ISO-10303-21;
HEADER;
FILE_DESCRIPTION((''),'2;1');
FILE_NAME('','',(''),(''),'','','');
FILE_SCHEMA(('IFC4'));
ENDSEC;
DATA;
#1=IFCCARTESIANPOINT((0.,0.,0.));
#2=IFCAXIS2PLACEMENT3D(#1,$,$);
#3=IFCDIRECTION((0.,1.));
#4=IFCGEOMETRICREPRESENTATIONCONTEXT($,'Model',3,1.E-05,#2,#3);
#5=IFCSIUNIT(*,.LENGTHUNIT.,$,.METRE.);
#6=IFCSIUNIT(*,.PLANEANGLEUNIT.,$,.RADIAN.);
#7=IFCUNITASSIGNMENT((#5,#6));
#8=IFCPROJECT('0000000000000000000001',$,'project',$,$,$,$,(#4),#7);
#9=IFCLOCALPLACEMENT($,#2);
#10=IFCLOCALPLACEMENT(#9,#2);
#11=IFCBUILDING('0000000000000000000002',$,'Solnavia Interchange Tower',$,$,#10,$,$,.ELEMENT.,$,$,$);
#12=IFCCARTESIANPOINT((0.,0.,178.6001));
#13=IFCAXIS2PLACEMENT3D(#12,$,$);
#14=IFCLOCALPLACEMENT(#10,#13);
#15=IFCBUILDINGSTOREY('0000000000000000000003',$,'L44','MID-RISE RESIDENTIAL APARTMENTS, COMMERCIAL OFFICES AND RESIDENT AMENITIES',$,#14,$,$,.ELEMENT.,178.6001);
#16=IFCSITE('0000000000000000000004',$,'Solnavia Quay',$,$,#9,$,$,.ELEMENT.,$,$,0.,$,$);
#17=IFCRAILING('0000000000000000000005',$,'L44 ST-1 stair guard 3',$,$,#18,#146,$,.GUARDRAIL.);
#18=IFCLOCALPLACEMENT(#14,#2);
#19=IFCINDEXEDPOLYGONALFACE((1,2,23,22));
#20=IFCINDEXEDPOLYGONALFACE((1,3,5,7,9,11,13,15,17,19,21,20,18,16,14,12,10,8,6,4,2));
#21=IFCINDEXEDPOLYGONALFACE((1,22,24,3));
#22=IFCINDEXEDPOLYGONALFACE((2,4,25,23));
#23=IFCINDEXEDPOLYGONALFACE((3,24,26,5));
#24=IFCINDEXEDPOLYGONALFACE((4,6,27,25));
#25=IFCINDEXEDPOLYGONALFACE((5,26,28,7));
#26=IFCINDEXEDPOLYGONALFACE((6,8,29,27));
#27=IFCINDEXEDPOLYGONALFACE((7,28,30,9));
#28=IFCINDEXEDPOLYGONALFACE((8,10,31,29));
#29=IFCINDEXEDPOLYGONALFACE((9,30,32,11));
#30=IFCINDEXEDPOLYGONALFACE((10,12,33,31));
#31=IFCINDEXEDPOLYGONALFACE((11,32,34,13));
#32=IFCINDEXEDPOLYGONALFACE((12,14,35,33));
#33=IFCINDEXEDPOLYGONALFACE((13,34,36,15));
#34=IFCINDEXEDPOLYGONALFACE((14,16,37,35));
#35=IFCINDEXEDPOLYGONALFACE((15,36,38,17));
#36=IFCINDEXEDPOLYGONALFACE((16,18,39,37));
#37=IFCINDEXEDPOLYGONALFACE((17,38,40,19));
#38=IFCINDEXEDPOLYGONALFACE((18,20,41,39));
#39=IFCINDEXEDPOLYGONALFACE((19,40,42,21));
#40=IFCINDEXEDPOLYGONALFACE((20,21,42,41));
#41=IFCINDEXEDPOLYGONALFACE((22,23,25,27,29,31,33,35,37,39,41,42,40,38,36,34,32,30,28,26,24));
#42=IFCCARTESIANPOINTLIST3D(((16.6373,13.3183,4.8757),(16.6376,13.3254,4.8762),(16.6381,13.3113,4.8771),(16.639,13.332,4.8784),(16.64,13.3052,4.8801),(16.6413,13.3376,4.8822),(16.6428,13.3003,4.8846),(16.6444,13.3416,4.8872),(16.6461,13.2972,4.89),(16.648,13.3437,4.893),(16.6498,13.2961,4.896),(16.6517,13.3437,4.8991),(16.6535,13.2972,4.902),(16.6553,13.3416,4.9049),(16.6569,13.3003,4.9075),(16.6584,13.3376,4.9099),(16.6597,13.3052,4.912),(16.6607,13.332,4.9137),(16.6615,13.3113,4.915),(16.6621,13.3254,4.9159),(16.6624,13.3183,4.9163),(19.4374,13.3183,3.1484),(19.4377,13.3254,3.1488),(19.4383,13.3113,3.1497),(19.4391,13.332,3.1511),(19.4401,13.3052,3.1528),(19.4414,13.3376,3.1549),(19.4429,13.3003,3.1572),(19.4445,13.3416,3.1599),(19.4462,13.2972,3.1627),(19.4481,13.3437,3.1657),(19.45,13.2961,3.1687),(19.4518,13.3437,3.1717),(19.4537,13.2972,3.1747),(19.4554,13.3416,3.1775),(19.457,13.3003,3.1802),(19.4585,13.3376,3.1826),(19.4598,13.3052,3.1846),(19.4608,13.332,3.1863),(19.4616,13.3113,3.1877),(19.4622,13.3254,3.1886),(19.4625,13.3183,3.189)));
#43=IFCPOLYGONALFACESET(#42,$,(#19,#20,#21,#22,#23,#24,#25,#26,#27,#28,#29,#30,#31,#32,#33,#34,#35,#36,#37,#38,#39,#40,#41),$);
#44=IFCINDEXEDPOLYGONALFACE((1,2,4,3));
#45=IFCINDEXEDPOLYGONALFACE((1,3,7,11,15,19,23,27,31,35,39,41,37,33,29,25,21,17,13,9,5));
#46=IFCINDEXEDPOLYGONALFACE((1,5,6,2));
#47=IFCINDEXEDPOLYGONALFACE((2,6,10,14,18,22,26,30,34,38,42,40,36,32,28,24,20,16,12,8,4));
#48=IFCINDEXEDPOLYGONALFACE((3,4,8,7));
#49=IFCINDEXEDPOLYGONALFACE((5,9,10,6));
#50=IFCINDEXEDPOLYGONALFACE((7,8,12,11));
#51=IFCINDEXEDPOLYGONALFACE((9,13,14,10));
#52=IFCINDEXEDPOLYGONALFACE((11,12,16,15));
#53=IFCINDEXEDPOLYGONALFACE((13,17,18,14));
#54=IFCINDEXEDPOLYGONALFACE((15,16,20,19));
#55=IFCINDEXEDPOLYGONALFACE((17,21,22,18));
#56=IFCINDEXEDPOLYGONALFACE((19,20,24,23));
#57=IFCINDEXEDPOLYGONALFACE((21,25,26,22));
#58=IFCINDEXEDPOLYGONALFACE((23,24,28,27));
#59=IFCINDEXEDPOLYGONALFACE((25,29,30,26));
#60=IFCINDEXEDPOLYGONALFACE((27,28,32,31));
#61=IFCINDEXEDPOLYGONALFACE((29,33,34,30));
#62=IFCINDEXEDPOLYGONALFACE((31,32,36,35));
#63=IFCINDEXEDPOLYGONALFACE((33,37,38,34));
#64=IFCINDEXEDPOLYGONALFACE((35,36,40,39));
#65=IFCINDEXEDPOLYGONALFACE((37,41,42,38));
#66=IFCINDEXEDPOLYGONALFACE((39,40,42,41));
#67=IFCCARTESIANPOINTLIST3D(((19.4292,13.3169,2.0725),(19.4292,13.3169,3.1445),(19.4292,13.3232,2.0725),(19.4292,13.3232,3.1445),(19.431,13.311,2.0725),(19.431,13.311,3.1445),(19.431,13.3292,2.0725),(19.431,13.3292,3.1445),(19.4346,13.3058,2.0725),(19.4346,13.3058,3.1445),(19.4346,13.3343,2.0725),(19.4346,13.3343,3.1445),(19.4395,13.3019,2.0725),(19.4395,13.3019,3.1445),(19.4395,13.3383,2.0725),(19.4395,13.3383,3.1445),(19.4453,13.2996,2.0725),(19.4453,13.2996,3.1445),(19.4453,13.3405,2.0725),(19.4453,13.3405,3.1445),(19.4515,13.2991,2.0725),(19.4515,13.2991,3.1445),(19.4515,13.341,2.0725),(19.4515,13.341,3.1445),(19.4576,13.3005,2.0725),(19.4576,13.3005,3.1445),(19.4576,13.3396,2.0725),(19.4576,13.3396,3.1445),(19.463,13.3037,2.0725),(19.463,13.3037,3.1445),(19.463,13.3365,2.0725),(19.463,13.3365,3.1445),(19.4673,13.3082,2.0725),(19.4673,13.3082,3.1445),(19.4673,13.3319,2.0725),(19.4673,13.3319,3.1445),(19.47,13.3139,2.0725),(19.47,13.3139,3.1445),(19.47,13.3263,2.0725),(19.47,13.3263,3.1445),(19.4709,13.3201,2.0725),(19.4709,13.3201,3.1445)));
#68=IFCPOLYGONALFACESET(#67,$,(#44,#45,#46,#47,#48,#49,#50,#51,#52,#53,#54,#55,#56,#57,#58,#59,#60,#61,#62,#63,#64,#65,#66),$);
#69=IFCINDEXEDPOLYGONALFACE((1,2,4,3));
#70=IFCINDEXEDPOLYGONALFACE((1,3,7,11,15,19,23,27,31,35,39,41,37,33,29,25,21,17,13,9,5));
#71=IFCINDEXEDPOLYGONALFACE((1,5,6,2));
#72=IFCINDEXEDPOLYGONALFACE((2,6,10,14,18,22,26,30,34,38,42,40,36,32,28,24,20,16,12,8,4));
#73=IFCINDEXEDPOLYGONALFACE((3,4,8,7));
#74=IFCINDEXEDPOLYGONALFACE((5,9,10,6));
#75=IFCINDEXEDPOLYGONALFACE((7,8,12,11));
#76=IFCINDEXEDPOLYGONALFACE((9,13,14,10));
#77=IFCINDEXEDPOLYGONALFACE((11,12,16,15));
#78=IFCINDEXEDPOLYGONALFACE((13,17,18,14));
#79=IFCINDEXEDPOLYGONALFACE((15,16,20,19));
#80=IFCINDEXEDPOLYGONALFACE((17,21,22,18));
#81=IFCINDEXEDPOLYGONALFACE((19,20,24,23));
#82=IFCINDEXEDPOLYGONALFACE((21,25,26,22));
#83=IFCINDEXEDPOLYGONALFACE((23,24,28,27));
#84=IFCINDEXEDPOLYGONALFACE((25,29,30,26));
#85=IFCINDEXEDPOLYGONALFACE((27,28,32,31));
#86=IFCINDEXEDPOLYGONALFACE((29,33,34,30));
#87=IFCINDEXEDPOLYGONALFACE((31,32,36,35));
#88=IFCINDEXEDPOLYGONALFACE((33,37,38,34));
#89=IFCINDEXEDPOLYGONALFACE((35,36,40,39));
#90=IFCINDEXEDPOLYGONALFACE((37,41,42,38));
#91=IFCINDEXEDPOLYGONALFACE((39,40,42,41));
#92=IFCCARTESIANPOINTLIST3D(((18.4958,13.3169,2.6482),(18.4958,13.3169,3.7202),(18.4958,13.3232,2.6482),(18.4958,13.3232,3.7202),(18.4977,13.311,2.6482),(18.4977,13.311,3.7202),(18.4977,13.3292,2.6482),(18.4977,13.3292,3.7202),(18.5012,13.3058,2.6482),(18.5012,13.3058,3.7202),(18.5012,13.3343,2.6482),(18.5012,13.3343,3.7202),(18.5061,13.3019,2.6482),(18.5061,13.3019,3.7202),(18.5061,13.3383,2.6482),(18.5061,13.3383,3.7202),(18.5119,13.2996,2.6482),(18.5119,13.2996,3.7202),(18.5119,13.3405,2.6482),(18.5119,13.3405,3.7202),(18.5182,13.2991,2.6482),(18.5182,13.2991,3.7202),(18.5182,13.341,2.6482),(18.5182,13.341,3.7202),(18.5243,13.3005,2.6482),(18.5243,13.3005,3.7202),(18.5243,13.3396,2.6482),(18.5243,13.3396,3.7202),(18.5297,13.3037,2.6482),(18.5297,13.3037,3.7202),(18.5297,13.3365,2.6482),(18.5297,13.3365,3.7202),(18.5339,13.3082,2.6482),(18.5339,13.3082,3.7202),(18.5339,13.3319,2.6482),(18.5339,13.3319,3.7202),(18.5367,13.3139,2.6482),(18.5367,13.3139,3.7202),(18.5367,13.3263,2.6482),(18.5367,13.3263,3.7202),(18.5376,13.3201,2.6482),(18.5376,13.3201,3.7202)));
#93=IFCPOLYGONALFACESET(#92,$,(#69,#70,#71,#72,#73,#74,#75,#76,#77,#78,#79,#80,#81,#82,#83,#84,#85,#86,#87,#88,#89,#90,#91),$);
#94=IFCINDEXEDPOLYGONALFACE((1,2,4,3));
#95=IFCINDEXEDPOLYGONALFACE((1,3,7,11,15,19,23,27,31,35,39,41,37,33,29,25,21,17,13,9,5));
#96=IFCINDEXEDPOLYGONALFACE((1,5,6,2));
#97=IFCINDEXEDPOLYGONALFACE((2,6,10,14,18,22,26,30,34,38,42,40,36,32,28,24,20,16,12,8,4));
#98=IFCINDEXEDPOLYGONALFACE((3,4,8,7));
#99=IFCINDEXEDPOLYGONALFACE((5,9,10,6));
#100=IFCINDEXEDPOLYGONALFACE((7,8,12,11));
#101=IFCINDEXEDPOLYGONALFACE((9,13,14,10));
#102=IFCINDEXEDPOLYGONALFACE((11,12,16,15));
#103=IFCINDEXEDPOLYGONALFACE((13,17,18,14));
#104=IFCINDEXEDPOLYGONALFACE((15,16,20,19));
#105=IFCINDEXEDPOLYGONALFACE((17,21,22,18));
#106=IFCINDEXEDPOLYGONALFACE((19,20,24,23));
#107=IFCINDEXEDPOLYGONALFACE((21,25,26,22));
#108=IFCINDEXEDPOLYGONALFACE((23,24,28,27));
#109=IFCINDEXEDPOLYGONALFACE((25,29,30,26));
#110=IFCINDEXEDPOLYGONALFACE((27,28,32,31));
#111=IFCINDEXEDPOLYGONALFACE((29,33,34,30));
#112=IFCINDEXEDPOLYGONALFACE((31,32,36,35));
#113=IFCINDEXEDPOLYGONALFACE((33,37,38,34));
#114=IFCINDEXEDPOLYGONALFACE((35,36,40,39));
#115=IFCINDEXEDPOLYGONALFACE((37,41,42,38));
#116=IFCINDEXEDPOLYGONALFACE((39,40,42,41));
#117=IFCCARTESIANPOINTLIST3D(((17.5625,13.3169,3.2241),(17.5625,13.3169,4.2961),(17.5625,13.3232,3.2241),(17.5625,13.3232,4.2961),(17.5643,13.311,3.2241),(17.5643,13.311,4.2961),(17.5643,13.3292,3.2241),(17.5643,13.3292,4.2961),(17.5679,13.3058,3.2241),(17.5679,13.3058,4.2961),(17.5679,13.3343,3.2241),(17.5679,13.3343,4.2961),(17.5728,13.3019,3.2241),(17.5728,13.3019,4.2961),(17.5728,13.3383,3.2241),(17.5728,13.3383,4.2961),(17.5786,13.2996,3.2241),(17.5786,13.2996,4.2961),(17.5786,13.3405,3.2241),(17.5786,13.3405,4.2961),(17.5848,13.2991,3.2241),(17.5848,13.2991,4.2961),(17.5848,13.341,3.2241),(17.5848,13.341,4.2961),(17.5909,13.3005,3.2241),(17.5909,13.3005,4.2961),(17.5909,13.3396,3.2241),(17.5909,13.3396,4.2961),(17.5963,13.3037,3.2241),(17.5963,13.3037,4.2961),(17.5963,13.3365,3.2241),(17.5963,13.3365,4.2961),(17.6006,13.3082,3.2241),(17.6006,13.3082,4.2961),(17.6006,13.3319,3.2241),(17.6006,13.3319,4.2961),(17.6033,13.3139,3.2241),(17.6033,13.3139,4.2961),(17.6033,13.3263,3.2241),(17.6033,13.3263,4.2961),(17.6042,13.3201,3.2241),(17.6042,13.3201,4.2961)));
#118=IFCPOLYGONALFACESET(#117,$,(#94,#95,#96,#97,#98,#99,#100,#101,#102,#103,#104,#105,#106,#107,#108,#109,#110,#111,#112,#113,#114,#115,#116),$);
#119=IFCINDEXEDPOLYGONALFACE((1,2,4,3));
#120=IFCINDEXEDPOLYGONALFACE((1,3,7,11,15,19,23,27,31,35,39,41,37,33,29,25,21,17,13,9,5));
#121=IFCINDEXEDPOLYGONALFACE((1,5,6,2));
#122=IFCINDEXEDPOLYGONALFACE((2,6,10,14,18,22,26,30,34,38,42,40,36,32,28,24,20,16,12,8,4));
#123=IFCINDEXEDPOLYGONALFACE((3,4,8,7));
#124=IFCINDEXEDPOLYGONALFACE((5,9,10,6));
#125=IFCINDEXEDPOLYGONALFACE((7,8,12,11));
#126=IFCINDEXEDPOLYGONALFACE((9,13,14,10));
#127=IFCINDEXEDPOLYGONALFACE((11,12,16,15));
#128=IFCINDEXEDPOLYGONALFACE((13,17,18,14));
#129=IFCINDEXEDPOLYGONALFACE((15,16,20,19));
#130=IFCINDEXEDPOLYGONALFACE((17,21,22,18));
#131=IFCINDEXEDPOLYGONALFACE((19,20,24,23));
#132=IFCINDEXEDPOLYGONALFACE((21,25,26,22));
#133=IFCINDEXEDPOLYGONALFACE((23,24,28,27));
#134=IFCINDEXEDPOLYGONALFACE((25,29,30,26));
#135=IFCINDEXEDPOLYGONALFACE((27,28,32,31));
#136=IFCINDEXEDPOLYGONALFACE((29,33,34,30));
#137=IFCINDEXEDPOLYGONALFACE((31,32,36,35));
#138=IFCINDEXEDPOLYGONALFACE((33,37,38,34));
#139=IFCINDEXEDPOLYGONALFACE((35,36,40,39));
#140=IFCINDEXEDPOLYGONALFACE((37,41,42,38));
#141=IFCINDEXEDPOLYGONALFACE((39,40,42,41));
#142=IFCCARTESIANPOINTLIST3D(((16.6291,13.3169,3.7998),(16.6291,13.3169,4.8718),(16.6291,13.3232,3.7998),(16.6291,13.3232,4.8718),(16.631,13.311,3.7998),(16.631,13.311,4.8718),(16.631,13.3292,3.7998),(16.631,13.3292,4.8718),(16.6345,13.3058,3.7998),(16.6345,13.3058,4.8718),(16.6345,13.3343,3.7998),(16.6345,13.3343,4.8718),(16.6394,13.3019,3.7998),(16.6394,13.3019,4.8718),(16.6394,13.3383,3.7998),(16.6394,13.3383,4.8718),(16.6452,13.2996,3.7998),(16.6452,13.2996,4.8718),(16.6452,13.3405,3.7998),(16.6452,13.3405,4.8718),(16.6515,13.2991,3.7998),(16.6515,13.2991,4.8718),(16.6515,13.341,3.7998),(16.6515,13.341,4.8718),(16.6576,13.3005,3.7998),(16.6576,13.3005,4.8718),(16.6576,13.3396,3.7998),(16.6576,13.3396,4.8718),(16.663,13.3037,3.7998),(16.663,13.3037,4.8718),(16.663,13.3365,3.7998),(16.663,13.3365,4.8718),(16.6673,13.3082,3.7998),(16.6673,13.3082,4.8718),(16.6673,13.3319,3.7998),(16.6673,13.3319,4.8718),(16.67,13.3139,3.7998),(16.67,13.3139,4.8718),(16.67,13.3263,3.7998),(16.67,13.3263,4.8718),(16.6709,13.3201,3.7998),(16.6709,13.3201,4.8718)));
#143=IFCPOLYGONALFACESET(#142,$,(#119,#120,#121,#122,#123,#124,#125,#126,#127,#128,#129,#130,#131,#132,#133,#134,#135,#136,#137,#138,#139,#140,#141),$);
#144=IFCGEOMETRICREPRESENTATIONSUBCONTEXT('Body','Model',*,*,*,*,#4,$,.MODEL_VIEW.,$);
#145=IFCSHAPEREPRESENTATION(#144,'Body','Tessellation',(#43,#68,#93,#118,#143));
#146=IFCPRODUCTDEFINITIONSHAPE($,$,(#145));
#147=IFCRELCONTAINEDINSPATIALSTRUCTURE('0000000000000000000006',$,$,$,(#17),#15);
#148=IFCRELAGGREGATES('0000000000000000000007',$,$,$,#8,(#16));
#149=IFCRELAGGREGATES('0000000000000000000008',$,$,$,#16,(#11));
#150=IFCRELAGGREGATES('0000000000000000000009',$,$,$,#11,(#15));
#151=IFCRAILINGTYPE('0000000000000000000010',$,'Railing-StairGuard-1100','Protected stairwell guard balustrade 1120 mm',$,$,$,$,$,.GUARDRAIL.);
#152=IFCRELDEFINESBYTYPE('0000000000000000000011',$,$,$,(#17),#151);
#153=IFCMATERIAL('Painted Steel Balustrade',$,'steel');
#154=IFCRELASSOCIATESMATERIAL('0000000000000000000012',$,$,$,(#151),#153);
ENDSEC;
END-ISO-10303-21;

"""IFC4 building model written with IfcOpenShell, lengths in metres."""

from ifc_helpers import new_model, si_unit, direction, frame, origin, origin_2d, place, context, subcontext, project, spatial, circle, extrude, material, type_object, element, save


model = new_model("IFC4")

# Units and contexts
model_context = context("Model", 3, precision=1e-05, world=origin(), true_north=direction((0.0, 1.0)))
body_context = subcontext(model_context, "Body", "Model", "MODEL_VIEW")
ifc_project = project(units=[si_unit("LENGTHUNIT", "METRE"), si_unit("PLANEANGLEUNIT", "RADIAN")], contexts=[model_context])

# Site, building, storey
site_placement = place(None, origin())
site = spatial("IfcSite", under=ifc_project, at=site_placement, Name="Solnavia Quay", CompositionType="ELEMENT", RefElevation=0.0)
building_placement = place(site_placement, origin())
building = spatial("IfcBuilding", under=site, at=building_placement, Name="Solnavia Interchange Tower", CompositionType="ELEMENT")
storey_placement = place(building_placement, frame((0.0, 0.0, 178.6001)))
storey = spatial("IfcBuildingStorey", under=building, at=storey_placement, Name="L44", Description="MID-RISE RESIDENTIAL APARTMENTS, COMMERCIAL OFFICES AND RESIDENT AMENITIES", CompositionType="ELEMENT", Elevation=178.6001)

# Railing
ifc_material_1 = material(Name="Painted Steel Balustrade", Category="steel")
railing_type_1 = type_object("IfcRailingType", Name="Railing-StairGuard-1100", Description="Protected stairwell guard balustrade 1120 mm", PredefinedType="GUARDRAIL", material=ifc_material_1)
railing_1_placement = place(storey_placement, frame((19.45, 13.3201, 2.0725)))
element("IfcRailing", 1, at=railing_1_placement, inside=storey, type_object=railing_type_1, Name="L44 ST-1 stair guard 3", PredefinedType="GUARDRAIL", context=body_context, shape_type="SweptSolid", body=[
    extrude(circle(Radius=0.0239, at=origin_2d()), frame((0.0, 0.0, 1.0962), z_axis=(-0.85109, 0.0, 0.52502), x_axis=(0.0, -1.0, 0.0)), (0.0, 0.0, 1.0), 3.29),
    extrude(circle(Radius=0.021, at=origin_2d()), origin(), (0.0, 0.0, 1.0), 1.072),
    extrude(circle(Radius=0.021, at=origin_2d()), frame((-0.9333, 0.0, 0.5757)), (0.0, 0.0, 1.0), 1.072),
    extrude(circle(Radius=0.021, at=origin_2d()), frame((-1.8667, 0.0, 1.1516)), (0.0, 0.0, 1.0), 1.072),
    extrude(circle(Radius=0.021, at=origin_2d()), frame((-2.8, 0.0, 1.7273)), (0.0, 0.0, 1.0), 1.072),
])

save(model, "model.ifc")
